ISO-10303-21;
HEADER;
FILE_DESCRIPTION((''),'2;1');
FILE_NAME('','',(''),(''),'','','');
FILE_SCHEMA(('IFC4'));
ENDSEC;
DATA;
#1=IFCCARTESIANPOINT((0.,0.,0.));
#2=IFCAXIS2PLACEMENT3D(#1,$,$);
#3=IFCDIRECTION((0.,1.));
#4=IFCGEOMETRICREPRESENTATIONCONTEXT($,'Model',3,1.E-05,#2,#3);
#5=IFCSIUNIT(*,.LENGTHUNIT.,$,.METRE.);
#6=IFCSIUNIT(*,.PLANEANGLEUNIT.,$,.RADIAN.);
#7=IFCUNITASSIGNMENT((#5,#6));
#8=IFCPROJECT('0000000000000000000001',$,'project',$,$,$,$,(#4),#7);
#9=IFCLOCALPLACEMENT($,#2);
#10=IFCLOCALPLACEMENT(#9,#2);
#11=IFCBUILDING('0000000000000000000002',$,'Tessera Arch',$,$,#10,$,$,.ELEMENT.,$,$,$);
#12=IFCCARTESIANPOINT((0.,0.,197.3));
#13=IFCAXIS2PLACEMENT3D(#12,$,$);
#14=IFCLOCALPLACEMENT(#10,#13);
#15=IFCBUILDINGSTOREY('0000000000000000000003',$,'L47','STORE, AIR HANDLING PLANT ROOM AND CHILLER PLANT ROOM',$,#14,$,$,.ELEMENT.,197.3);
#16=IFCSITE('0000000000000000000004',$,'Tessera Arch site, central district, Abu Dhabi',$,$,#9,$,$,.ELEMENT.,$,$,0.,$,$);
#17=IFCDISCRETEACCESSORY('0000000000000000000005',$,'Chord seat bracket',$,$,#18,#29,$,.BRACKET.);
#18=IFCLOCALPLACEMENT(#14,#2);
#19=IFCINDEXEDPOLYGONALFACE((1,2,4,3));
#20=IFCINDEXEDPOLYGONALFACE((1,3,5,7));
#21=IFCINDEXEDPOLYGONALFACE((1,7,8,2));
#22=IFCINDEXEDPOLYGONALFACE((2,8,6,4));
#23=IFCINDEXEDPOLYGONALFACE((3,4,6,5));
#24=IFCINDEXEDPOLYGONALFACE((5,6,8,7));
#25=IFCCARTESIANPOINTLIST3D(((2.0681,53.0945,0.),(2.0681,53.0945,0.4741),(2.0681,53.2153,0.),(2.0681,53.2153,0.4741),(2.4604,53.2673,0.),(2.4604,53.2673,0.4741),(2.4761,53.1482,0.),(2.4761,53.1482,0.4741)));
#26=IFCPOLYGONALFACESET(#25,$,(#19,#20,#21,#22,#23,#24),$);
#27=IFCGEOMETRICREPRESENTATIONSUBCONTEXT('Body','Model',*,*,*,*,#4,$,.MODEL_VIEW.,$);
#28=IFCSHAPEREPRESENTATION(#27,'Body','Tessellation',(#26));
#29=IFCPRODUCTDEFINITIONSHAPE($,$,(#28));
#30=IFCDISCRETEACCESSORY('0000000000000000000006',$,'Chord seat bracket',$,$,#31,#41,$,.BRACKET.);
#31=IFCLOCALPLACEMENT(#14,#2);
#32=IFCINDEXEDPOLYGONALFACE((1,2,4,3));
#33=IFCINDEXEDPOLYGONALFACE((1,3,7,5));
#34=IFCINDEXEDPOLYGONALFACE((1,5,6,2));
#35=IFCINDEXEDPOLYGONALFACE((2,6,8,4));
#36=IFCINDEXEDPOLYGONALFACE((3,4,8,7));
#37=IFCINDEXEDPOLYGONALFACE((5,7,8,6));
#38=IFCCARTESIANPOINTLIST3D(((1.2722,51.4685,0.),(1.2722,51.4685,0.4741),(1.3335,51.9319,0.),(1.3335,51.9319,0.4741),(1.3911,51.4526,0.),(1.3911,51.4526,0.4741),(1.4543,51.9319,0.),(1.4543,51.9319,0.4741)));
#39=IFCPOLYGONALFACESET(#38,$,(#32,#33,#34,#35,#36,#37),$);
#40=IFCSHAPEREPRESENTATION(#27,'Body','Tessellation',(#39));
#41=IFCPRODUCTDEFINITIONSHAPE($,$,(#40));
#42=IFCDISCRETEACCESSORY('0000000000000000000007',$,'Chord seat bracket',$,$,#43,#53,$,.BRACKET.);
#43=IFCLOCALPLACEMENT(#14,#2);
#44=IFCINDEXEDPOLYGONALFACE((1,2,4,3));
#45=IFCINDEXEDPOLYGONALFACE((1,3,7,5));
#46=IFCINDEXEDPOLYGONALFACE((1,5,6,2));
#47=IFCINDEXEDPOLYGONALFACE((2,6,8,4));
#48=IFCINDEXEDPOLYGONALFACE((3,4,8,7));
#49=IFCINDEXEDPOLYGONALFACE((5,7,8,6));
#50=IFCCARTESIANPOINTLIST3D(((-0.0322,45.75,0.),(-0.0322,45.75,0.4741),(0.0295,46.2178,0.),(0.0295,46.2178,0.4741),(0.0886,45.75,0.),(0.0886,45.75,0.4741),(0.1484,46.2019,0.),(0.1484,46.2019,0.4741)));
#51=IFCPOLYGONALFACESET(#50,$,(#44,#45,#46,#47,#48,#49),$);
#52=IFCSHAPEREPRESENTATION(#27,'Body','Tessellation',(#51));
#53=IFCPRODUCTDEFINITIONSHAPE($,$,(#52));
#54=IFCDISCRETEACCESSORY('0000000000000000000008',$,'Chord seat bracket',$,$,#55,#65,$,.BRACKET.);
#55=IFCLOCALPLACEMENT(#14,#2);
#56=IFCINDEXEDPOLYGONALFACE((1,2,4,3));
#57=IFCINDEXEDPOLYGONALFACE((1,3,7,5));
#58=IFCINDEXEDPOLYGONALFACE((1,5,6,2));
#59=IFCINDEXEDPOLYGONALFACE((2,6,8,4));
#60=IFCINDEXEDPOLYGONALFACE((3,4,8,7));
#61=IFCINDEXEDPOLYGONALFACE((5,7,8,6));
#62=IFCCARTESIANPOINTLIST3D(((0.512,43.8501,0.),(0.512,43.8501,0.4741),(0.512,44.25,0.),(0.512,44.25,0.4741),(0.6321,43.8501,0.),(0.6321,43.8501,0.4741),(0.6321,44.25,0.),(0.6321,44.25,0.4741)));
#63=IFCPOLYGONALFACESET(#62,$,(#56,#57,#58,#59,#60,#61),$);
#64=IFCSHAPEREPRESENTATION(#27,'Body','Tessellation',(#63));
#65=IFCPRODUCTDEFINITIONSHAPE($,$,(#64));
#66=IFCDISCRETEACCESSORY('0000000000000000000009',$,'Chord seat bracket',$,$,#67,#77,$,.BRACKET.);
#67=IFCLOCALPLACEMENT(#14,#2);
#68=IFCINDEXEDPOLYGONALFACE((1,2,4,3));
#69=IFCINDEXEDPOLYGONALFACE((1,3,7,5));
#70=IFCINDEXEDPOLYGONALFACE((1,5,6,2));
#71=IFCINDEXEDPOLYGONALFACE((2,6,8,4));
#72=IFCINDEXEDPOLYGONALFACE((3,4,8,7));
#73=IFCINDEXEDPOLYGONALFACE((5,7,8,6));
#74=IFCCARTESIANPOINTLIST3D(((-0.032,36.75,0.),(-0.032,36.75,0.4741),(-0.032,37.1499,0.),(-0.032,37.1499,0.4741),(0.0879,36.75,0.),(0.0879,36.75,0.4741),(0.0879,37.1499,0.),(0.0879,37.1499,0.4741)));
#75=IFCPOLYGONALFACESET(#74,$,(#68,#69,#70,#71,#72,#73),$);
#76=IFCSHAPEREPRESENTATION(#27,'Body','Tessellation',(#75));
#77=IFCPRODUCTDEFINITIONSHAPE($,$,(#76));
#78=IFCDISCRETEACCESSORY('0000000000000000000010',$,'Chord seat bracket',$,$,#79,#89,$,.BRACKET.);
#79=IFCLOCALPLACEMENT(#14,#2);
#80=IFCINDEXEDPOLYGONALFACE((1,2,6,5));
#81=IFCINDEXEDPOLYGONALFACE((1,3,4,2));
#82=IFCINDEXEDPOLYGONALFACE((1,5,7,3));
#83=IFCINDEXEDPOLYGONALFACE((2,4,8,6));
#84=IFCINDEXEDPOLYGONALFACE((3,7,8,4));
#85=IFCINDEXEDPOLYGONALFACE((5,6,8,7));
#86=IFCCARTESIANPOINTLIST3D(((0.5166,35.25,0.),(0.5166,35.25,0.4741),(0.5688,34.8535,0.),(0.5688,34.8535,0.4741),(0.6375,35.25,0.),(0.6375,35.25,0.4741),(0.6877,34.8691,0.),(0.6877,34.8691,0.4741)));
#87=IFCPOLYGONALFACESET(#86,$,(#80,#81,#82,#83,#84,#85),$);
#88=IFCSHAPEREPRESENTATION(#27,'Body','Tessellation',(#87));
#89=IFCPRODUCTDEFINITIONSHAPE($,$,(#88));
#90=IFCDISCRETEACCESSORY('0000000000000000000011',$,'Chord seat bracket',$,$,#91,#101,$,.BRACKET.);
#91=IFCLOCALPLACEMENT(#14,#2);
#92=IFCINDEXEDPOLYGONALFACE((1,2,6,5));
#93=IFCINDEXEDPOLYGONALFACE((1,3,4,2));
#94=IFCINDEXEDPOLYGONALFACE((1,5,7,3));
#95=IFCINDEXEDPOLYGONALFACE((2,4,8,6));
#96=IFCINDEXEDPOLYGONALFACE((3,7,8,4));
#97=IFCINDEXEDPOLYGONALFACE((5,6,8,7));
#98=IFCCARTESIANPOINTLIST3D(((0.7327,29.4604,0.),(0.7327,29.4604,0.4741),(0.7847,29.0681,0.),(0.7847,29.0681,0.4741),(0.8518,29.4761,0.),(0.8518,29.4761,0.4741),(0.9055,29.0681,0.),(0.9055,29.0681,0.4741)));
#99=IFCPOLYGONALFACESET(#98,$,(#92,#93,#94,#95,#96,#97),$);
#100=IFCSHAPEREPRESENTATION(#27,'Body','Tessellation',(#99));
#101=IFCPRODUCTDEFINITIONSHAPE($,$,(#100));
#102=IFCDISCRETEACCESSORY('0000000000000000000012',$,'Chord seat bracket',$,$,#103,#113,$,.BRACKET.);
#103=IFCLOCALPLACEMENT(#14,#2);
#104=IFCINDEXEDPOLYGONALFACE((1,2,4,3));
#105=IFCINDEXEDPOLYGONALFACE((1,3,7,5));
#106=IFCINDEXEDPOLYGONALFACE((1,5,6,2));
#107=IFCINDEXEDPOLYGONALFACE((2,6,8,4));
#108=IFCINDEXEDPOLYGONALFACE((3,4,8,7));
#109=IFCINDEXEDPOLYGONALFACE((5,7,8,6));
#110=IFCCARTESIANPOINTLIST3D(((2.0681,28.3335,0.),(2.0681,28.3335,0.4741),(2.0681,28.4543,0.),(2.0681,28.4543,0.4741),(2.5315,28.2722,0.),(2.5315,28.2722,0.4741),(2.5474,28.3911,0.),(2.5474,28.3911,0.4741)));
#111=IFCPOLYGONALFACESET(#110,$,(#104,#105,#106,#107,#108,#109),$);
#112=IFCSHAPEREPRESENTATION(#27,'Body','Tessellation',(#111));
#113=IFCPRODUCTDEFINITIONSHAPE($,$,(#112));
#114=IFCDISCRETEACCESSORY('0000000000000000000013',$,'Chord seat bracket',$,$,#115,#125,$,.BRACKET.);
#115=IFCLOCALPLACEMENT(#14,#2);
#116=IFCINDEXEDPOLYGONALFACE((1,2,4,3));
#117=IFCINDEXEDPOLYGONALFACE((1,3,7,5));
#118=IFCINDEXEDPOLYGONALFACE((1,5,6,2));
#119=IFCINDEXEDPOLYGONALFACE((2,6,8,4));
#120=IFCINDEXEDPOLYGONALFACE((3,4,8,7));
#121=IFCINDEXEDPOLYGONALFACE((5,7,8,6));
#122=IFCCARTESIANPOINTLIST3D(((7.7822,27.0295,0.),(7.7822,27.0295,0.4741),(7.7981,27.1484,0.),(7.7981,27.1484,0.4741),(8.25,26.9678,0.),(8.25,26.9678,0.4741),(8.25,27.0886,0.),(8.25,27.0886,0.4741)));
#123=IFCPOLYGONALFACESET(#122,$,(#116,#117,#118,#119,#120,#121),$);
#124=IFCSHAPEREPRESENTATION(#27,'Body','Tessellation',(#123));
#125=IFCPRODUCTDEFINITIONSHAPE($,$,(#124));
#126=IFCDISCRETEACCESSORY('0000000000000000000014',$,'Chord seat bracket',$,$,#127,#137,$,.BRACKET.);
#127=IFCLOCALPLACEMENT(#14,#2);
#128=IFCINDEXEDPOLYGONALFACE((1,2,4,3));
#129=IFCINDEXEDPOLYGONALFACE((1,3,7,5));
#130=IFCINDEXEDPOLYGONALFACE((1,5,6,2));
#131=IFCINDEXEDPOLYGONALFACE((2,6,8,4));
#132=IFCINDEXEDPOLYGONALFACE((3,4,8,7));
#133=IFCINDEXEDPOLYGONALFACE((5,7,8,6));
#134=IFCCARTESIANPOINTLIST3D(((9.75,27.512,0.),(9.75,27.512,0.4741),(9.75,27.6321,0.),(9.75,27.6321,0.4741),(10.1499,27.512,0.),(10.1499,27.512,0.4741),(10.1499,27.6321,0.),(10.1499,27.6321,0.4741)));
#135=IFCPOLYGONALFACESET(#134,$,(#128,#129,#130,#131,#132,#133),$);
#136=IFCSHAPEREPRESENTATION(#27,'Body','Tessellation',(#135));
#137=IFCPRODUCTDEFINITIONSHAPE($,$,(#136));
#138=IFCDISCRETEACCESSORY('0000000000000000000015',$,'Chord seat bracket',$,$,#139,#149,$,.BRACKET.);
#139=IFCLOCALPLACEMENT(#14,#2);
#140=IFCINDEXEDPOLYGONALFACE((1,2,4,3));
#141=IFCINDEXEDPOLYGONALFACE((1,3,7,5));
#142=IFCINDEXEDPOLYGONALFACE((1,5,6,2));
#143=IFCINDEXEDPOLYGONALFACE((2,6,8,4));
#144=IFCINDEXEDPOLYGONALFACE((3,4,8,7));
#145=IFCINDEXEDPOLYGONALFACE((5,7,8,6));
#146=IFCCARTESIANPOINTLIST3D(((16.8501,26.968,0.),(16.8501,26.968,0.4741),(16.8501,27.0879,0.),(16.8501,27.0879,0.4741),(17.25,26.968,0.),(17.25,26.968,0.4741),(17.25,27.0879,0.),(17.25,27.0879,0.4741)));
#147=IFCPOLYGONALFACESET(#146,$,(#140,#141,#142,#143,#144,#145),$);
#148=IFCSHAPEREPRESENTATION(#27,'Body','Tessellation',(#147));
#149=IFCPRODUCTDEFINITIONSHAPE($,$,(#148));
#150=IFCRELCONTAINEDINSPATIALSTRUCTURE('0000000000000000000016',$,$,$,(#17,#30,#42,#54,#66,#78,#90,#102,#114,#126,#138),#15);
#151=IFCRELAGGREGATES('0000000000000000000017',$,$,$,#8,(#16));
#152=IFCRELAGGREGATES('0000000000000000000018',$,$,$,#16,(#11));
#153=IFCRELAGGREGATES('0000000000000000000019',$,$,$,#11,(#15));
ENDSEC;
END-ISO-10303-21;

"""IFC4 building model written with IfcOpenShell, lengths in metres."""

from ifc_helpers import new_model, si_unit, direction, frame, origin, place, context, subcontext, project, spatial, polyline, outline, extrude, element, save


model = new_model("IFC4")

# Units and contexts
model_context = context("Model", 3, precision=1e-05, world=origin(), true_north=direction((0.0, 1.0)))
body_context = subcontext(model_context, "Body", "Model", "MODEL_VIEW")
ifc_project = project(units=[si_unit("LENGTHUNIT", "METRE"), si_unit("PLANEANGLEUNIT", "RADIAN")], contexts=[model_context])

# Site, building, storey
site_placement = place(None, origin())
site = spatial("IfcSite", under=ifc_project, at=site_placement, Name="Tessera Arch site, central district, Abu Dhabi", CompositionType="ELEMENT", RefElevation=0.0)
building_placement = place(site_placement, origin())
building = spatial("IfcBuilding", under=site, at=building_placement, Name="Tessera Arch", CompositionType="ELEMENT")
storey_placement = place(building_placement, frame((0.0, 0.0, 197.3)))
storey = spatial("IfcBuildingStorey", under=building, at=storey_placement, Name="L47", Description="STORE, AIR HANDLING PLANT ROOM AND CHILLER PLANT ROOM", CompositionType="ELEMENT", Elevation=197.3)

# Discrete accessories
discrete_accessory_1_placement = place(storey_placement, origin())
element("IfcDiscreteAccessory", 1, at=discrete_accessory_1_placement, inside=storey, Name="Chord seat bracket", PredefinedType="BRACKET", context=body_context, shape_type="SweptSolid", body=[
    extrude(outline(polyline([(2.4761, 53.1482), (2.0681, 53.0945), (2.0681, 53.2153), (2.4604, 53.2673), (2.4761, 53.1482)])), origin(), (0.0, 0.0, 1.0), 0.4741),
])
discrete_accessory_2_placement = place(storey_placement, origin())
element("IfcDiscreteAccessory", 2, at=discrete_accessory_2_placement, inside=storey, Name="Chord seat bracket", PredefinedType="BRACKET", context=body_context, shape_type="SweptSolid", body=[
    extrude(outline(polyline([(1.2722, 51.4685), (1.3335, 51.9319), (1.4543, 51.9319), (1.3911, 51.4526), (1.2722, 51.4685)])), origin(), (0.0, 0.0, 1.0), 0.4741),
])
discrete_accessory_3_placement = place(storey_placement, origin())
element("IfcDiscreteAccessory", 3, at=discrete_accessory_3_placement, inside=storey, Name="Chord seat bracket", PredefinedType="BRACKET", context=body_context, shape_type="SweptSolid", body=[
    extrude(outline(polyline([(0.1484, 46.2019), (0.0886, 45.75), (-0.0322, 45.75), (0.0295, 46.2178), (0.1484, 46.2019)])), origin(), (0.0, 0.0, 1.0), 0.4741),
])
discrete_accessory_4_placement = place(storey_placement, origin())
element("IfcDiscreteAccessory", 4, at=discrete_accessory_4_placement, inside=storey, Name="Chord seat bracket", PredefinedType="BRACKET", context=body_context, shape_type="SweptSolid", body=[
    extrude(outline(polyline([(0.512, 43.8501), (0.512, 44.25), (0.6321, 44.25), (0.6321, 43.8501), (0.512, 43.8501)])), origin(), (0.0, 0.0, 1.0), 0.4741),
])
discrete_accessory_5_placement = place(storey_placement, origin())
element("IfcDiscreteAccessory", 5, at=discrete_accessory_5_placement, inside=storey, Name="Chord seat bracket", PredefinedType="BRACKET", context=body_context, shape_type="SweptSolid", body=[
    extrude(outline(polyline([(0.0879, 36.75), (-0.032, 36.75), (-0.032, 37.1499), (0.0879, 37.1499), (0.0879, 36.75)])), origin(), (0.0, 0.0, 1.0), 0.4741),
])
discrete_accessory_6_placement = place(storey_placement, origin())
element("IfcDiscreteAccessory", 6, at=discrete_accessory_6_placement, inside=storey, Name="Chord seat bracket", PredefinedType="BRACKET", context=body_context, shape_type="SweptSolid", body=[
    extrude(outline(polyline([(0.5166, 35.25), (0.6375, 35.25), (0.6877, 34.8691), (0.5688, 34.8535), (0.5166, 35.25)])), origin(), (0.0, 0.0, 1.0), 0.4741),
])
discrete_accessory_7_placement = place(storey_placement, origin())
element("IfcDiscreteAccessory", 7, at=discrete_accessory_7_placement, inside=storey, Name="Chord seat bracket", PredefinedType="BRACKET", context=body_context, shape_type="SweptSolid", body=[
    extrude(outline(polyline([(0.7847, 29.0681), (0.7327, 29.4604), (0.8518, 29.4761), (0.9055, 29.0681), (0.7847, 29.0681)])), origin(), (0.0, 0.0, 1.0), 0.4741),
])
discrete_accessory_8_placement = place(storey_placement, origin())
element("IfcDiscreteAccessory", 8, at=discrete_accessory_8_placement, inside=storey, Name="Chord seat bracket", PredefinedType="BRACKET", context=body_context, shape_type="SweptSolid", body=[
    extrude(outline(polyline([(2.0681, 28.4543), (2.5474, 28.3911), (2.5315, 28.2722), (2.0681, 28.3335), (2.0681, 28.4543)])), origin(), (0.0, 0.0, 1.0), 0.4741),
])
discrete_accessory_9_placement = place(storey_placement, origin())
element("IfcDiscreteAccessory", 9, at=discrete_accessory_9_placement, inside=storey, Name="Chord seat bracket", PredefinedType="BRACKET", context=body_context, shape_type="SweptSolid", body=[
    extrude(outline(polyline([(7.7981, 27.1484), (8.25, 27.0886), (8.25, 26.9678), (7.7822, 27.0295), (7.7981, 27.1484)])), origin(), (0.0, 0.0, 1.0), 0.4741),
])
discrete_accessory_10_placement = place(storey_placement, origin())
element("IfcDiscreteAccessory", 10, at=discrete_accessory_10_placement, inside=storey, Name="Chord seat bracket", PredefinedType="BRACKET", context=body_context, shape_type="SweptSolid", body=[
    extrude(outline(polyline([(10.1499, 27.512), (9.75, 27.512), (9.75, 27.6321), (10.1499, 27.6321), (10.1499, 27.512)])), origin(), (0.0, 0.0, 1.0), 0.4741),
])
discrete_accessory_11_placement = place(storey_placement, origin())
element("IfcDiscreteAccessory", 11, at=discrete_accessory_11_placement, inside=storey, Name="Chord seat bracket", PredefinedType="BRACKET", context=body_context, shape_type="SweptSolid", body=[
    extrude(outline(polyline([(16.8501, 27.0879), (17.25, 27.0879), (17.25, 26.968), (16.8501, 26.968), (16.8501, 27.0879)])), origin(), (0.0, 0.0, 1.0), 0.4741),
])

save(model, "model.ifc")
